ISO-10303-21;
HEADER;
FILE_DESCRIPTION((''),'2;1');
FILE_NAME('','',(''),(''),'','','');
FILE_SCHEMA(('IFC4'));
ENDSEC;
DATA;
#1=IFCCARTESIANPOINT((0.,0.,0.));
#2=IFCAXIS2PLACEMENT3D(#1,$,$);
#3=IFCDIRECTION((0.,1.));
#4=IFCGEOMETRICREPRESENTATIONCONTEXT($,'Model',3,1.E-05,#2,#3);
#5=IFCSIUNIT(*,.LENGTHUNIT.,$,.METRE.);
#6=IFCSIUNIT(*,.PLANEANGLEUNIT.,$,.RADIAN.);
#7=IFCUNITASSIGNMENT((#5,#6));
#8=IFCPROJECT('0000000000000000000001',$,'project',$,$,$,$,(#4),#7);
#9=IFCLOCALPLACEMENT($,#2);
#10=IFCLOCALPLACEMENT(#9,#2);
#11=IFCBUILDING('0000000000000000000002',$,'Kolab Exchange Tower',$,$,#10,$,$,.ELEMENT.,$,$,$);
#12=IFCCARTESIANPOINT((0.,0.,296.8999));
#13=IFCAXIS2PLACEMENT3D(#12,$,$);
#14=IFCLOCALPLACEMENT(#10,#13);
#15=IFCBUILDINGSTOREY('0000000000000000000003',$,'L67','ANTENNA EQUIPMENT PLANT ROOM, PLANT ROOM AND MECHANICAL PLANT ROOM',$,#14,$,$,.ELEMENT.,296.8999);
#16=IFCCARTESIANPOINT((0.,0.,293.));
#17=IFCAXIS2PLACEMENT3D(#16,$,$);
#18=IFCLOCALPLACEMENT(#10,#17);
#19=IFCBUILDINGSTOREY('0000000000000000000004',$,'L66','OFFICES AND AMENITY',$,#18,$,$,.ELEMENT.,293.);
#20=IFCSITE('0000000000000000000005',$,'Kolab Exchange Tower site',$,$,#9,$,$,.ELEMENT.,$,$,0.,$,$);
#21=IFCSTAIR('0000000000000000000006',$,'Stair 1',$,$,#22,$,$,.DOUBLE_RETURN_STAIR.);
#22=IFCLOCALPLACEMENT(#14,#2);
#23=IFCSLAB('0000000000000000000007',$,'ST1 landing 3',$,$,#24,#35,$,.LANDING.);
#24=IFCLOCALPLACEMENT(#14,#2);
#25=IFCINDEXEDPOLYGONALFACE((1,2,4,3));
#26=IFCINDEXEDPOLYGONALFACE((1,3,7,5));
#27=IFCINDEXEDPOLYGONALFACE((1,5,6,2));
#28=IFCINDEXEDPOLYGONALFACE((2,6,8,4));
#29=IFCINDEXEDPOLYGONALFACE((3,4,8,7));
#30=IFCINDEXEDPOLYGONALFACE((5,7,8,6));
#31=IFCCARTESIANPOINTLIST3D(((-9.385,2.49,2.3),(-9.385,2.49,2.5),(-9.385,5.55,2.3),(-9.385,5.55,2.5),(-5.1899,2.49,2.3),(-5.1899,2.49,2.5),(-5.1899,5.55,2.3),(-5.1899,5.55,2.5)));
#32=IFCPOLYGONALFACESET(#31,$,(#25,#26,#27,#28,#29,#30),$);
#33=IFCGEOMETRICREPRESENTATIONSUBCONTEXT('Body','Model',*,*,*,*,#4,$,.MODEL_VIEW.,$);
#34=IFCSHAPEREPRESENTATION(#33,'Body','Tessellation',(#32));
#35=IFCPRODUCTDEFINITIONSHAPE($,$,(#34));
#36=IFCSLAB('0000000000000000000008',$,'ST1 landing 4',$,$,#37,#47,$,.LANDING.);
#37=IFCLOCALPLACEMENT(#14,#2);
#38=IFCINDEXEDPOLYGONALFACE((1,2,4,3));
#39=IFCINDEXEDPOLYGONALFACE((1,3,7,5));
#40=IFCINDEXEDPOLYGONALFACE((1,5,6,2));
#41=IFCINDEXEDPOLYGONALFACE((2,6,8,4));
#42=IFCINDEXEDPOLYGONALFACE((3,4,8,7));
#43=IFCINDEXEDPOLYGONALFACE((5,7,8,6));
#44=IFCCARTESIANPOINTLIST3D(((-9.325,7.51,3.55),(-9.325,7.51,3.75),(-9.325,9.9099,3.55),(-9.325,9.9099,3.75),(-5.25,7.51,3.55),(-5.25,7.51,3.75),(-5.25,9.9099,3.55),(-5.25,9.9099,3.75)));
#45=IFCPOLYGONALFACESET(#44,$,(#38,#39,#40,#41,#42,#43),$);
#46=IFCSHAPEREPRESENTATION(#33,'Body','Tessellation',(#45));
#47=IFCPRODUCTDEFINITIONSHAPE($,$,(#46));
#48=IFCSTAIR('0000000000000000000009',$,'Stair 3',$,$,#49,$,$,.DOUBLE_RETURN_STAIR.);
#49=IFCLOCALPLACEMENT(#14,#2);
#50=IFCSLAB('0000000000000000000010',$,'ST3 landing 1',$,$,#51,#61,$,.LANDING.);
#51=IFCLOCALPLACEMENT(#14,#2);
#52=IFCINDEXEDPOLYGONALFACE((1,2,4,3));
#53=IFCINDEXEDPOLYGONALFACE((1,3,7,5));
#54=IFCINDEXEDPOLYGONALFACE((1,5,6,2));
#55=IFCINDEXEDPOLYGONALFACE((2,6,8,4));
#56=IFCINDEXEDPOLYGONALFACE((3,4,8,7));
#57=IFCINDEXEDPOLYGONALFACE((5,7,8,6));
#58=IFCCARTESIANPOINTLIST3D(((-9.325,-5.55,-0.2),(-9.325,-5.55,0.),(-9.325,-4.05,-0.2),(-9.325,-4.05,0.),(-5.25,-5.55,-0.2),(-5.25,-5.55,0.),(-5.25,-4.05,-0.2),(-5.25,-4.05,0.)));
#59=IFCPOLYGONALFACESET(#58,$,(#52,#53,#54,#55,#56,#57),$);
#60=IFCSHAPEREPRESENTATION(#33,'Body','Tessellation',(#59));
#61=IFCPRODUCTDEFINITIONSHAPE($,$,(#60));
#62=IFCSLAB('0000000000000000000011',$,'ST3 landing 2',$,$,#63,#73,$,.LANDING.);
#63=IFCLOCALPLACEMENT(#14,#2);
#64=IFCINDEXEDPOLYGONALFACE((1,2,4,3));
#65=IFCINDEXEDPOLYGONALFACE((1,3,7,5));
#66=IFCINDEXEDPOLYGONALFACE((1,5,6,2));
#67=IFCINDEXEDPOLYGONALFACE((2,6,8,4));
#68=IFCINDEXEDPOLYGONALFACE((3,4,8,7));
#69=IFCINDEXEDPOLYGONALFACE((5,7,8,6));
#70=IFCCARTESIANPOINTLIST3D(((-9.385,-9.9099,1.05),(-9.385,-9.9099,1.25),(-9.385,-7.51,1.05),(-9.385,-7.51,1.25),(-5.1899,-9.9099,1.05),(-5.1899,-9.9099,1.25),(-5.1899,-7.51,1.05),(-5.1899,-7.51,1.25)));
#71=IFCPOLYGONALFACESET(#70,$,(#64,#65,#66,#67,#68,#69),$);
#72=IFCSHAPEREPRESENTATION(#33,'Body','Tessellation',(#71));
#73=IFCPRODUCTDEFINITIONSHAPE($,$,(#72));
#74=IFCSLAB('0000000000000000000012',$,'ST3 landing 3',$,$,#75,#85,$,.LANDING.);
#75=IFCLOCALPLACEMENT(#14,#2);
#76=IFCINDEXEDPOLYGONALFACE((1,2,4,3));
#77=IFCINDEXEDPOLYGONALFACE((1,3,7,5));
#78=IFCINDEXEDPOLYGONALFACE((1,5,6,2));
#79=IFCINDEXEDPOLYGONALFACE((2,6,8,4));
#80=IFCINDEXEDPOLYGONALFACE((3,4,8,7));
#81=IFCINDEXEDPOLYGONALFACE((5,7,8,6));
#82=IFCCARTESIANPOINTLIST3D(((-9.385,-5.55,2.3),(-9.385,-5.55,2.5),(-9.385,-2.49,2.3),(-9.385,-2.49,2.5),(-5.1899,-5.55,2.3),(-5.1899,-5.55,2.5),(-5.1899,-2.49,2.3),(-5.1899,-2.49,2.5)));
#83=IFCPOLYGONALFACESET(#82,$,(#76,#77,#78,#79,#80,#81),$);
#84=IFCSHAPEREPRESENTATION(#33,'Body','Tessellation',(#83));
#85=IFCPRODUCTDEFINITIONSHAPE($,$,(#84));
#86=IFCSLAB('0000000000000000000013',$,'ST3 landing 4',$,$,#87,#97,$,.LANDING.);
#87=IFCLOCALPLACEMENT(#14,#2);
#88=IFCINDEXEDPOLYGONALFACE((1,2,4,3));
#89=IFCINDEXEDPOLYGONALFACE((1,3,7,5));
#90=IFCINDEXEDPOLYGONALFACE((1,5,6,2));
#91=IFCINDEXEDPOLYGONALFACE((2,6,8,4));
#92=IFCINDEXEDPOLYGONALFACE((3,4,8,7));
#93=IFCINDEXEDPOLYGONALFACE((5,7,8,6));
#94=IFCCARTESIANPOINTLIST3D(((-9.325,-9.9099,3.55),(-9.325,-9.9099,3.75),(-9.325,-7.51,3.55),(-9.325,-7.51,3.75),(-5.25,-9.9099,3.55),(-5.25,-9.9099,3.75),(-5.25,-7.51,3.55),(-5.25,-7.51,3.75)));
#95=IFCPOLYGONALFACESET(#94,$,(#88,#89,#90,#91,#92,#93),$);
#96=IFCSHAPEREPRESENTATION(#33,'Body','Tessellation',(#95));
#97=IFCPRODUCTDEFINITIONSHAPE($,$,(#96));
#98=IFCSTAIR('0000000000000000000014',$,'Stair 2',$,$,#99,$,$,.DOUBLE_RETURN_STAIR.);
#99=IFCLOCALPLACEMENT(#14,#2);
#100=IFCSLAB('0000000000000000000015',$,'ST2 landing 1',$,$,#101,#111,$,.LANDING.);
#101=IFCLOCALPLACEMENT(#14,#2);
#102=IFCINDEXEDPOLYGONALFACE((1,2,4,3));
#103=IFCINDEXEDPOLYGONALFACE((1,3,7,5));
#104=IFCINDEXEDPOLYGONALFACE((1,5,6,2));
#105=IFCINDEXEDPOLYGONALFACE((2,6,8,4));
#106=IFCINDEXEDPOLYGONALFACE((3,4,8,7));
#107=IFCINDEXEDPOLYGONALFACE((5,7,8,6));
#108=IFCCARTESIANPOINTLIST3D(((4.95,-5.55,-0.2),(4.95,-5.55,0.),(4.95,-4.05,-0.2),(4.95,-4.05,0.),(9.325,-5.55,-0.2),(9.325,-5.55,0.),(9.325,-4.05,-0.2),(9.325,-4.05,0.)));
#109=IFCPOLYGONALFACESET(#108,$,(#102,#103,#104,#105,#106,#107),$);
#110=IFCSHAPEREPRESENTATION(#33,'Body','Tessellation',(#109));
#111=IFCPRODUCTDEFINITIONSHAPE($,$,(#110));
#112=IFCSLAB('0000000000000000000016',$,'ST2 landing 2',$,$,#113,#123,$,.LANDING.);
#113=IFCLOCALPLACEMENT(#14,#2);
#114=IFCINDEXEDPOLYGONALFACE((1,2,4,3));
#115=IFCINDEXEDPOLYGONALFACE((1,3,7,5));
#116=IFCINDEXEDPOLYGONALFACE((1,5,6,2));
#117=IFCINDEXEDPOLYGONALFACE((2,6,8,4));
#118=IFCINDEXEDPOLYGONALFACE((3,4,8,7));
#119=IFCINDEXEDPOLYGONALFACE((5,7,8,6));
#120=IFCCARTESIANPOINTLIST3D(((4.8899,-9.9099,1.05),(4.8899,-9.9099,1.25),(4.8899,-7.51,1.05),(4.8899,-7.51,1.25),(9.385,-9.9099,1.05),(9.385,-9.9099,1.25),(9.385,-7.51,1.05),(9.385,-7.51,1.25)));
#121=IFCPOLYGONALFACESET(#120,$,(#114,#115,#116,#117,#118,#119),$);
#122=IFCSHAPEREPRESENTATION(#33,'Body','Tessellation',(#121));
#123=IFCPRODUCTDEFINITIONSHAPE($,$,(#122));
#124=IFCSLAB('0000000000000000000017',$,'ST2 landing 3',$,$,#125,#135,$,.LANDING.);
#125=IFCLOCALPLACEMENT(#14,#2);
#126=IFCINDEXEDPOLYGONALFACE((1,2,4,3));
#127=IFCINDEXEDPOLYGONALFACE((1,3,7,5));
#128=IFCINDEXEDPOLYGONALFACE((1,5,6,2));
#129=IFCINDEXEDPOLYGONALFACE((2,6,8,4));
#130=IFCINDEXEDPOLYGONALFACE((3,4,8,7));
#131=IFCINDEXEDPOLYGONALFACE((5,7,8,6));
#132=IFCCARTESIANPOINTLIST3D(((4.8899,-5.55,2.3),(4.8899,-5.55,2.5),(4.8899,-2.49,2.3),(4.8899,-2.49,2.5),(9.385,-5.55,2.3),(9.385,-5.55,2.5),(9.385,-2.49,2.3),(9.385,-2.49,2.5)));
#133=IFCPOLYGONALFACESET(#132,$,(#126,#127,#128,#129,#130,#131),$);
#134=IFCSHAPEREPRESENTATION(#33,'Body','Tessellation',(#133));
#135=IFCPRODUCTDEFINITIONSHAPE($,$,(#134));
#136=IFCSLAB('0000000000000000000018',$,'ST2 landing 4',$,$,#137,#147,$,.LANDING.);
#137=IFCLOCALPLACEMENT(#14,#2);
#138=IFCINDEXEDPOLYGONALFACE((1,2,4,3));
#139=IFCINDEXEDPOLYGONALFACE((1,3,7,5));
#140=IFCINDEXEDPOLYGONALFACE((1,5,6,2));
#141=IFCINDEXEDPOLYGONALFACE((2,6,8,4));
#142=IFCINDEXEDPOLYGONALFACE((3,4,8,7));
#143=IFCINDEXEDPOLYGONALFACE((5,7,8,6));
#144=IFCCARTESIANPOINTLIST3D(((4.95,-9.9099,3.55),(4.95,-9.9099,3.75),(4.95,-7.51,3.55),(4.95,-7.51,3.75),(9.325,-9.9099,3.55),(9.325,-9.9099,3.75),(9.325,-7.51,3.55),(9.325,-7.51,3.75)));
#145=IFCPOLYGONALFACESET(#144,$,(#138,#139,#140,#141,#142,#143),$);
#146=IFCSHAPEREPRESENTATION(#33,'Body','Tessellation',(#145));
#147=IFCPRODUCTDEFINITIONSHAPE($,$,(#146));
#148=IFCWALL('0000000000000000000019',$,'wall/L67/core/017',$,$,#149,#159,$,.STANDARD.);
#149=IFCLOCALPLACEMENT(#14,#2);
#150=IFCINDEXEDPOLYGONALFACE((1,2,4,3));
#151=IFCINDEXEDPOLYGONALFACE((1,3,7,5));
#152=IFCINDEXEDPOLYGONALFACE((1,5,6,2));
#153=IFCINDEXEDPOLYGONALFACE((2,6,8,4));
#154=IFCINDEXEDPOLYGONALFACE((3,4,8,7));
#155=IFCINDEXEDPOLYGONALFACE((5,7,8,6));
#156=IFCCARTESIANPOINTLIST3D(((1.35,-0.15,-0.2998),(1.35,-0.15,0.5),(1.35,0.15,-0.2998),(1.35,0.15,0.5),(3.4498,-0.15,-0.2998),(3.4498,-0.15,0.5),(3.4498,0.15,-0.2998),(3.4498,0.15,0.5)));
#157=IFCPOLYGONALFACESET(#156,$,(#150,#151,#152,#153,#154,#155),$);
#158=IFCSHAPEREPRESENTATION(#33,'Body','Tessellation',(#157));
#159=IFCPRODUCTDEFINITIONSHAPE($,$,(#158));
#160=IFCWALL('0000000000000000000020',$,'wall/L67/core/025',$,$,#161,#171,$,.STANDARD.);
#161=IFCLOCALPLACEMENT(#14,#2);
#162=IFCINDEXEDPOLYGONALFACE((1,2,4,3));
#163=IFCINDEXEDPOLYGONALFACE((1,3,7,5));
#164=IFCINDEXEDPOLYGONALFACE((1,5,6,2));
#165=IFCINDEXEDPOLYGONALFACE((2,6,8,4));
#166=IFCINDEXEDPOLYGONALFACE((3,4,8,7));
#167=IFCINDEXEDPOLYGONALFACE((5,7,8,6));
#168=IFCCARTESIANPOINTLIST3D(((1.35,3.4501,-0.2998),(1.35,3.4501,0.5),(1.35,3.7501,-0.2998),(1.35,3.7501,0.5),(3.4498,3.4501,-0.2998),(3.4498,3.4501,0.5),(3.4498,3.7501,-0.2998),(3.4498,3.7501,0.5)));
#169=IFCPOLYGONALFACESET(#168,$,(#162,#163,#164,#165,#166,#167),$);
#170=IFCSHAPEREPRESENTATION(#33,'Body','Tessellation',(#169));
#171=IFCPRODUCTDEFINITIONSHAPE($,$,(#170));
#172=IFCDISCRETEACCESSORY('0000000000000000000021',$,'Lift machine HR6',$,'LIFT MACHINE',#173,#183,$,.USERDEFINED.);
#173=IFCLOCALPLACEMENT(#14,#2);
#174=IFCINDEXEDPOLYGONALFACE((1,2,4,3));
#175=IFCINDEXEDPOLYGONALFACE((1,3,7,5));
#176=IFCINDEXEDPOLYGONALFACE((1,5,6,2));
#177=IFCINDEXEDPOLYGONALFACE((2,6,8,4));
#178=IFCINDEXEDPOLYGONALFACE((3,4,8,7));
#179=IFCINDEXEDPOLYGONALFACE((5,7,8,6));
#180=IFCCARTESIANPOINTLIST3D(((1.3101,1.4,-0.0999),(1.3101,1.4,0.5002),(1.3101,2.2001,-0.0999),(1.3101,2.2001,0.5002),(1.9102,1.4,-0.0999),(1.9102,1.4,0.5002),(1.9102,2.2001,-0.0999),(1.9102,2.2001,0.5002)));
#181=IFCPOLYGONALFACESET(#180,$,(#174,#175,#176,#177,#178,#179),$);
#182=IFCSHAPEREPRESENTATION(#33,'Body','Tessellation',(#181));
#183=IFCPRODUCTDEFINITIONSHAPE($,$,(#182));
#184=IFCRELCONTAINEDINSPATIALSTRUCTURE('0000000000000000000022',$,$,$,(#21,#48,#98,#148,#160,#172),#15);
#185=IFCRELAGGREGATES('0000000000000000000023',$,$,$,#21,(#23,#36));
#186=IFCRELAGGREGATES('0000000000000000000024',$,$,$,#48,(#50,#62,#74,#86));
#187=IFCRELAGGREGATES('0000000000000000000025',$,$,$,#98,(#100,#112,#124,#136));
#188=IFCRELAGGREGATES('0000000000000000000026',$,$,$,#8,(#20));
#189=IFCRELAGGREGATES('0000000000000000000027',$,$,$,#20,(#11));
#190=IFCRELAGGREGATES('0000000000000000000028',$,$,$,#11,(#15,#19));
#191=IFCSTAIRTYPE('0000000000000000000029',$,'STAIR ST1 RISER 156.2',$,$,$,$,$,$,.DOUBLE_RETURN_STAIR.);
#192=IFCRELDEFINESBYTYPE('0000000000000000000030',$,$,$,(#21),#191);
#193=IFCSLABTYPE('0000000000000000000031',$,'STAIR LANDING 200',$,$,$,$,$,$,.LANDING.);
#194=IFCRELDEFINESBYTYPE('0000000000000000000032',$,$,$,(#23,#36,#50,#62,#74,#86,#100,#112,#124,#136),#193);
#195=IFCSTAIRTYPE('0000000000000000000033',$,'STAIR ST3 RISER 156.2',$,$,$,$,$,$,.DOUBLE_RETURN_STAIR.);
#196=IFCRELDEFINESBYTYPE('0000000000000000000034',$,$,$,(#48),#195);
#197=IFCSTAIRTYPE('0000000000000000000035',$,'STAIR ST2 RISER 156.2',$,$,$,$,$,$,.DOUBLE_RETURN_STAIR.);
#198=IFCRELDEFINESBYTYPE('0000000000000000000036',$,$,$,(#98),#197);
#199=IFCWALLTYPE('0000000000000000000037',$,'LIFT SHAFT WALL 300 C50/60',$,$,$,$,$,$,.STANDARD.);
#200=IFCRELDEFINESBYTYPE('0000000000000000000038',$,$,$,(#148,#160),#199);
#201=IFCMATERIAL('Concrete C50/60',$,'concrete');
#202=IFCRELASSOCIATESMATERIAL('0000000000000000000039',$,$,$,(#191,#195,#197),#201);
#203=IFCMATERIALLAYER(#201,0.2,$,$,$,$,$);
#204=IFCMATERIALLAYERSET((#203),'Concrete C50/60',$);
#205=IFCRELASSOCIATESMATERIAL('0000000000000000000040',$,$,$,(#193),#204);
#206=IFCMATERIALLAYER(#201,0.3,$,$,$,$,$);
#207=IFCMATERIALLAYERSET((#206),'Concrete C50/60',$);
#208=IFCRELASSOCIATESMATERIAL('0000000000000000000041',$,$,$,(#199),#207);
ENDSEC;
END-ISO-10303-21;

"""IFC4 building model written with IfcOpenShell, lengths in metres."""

from ifc_helpers import new_model, si_unit, direction, frame, frame_2d, origin, origin_2d, place, context, subcontext, project, spatial, polyline, rectangle, outline, extrude, material, layer, layer_set, type_object, element, aggregate, save


model = new_model("IFC4")

# Units and contexts
model_context = context("Model", 3, precision=1e-05, world=origin(), true_north=direction((0.0, 1.0)))
body_context = subcontext(model_context, "Body", "Model", "MODEL_VIEW")
ifc_project = project(units=[si_unit("LENGTHUNIT", "METRE"), si_unit("PLANEANGLEUNIT", "RADIAN")], contexts=[model_context])

# Site, building, storey
site_placement = place(None, origin())
site = spatial("IfcSite", under=ifc_project, at=site_placement, Name="Kolab Exchange Tower site", CompositionType="ELEMENT", RefElevation=0.0)
building_placement = place(site_placement, origin())
building = spatial("IfcBuilding", under=site, at=building_placement, Name="Kolab Exchange Tower", CompositionType="ELEMENT")
storey_1_placement = place(building_placement, frame((0.0, 0.0, 296.8999)))
storey_1 = spatial("IfcBuildingStorey", under=building, at=storey_1_placement, Name="L67", Description="ANTENNA EQUIPMENT PLANT ROOM, PLANT ROOM AND MECHANICAL PLANT ROOM", CompositionType="ELEMENT", Elevation=296.8999)

# Shared definitions
ifc_material_1 = material(Name="Concrete C50/60", Category="concrete")

# Shared definitions
storey_2_placement = place(building_placement, frame((0.0, 0.0, 293.0)))
storey_2 = spatial("IfcBuildingStorey", under=building, at=storey_2_placement, Name="L66", Description="OFFICES AND AMENITY", CompositionType="ELEMENT", Elevation=293.0)

# Stairs, slabs
stair_type_1 = type_object("IfcStairType", Name="STAIR ST1 RISER 156.2", PredefinedType="DOUBLE_RETURN_STAIR", material=ifc_material_1)
stair_1_placement = place(storey_1_placement, origin())
stair_1 = element("IfcStair", 1, at=stair_1_placement, inside=storey_1, type_object=stair_type_1, Name="Stair 1", PredefinedType="DOUBLE_RETURN_STAIR")
ifc_layer_1 = layer(ifc_material_1, 0.2)
ifc_layer_set_1 = layer_set([ifc_layer_1], Name="Concrete C50/60")
slab_type_1 = type_object("IfcSlabType", Name="STAIR LANDING 200", PredefinedType="LANDING", material=ifc_layer_set_1)
slab_1_placement = place(storey_1_placement, frame((0.0, 0.0, 2.3)))
slab_1 = element("IfcSlab", 2, at=slab_1_placement, type_object=slab_type_1, Name="ST1 landing 3", PredefinedType="LANDING", context=body_context, shape_type="SweptSolid", body=[
    extrude(outline(polyline([(-9.385, 2.49), (-5.1899, 2.49), (-5.1899, 5.55), (-9.385, 5.55), (-9.385, 2.49)])), origin(), (0.0, 0.0, 1.0), 0.2),
])
slab_2_placement = place(storey_1_placement, frame((0.0, 0.0, 3.55)))
slab_2 = element("IfcSlab", 3, at=slab_2_placement, type_object=slab_type_1, Name="ST1 landing 4", PredefinedType="LANDING", context=body_context, shape_type="SweptSolid", body=[
    extrude(outline(polyline([(-9.325, 7.51), (-5.25, 7.51), (-5.25, 9.9099), (-9.325, 9.9099), (-9.325, 7.51)])), origin(), (0.0, 0.0, 1.0), 0.2),
])
aggregate(stair_1, [slab_1, slab_2])
stair_type_2 = type_object("IfcStairType", Name="STAIR ST3 RISER 156.2", PredefinedType="DOUBLE_RETURN_STAIR", material=ifc_material_1)
stair_2_placement = place(storey_1_placement, origin())
stair_2 = element("IfcStair", 4, at=stair_2_placement, inside=storey_1, type_object=stair_type_2, Name="Stair 3", PredefinedType="DOUBLE_RETURN_STAIR")
slab_3_placement = place(storey_1_placement, frame((0.0, 0.0, -0.2)))
slab_3 = element("IfcSlab", 5, at=slab_3_placement, type_object=slab_type_1, Name="ST3 landing 1", PredefinedType="LANDING", context=body_context, shape_type="SweptSolid", body=[
    extrude(outline(polyline([(-9.325, -5.55), (-5.25, -5.55), (-5.25, -4.05), (-9.325, -4.05), (-9.325, -5.55)])), origin(), (0.0, 0.0, 1.0), 0.2),
])
slab_4_placement = place(storey_1_placement, frame((0.0, 0.0, 1.05)))
slab_4 = element("IfcSlab", 6, at=slab_4_placement, type_object=slab_type_1, Name="ST3 landing 2", PredefinedType="LANDING", context=body_context, shape_type="SweptSolid", body=[
    extrude(outline(polyline([(-9.385, -9.9099), (-5.1899, -9.9099), (-5.1899, -7.51), (-9.385, -7.51), (-9.385, -9.9099)])), origin(), (0.0, 0.0, 1.0), 0.2),
])
slab_5_placement = place(storey_1_placement, frame((0.0, 0.0, 2.3)))
slab_5 = element("IfcSlab", 7, at=slab_5_placement, type_object=slab_type_1, Name="ST3 landing 3", PredefinedType="LANDING", context=body_context, shape_type="SweptSolid", body=[
    extrude(outline(polyline([(-9.385, -5.55), (-5.1899, -5.55), (-5.1899, -2.49), (-9.385, -2.49), (-9.385, -5.55)])), origin(), (0.0, 0.0, 1.0), 0.2),
])
slab_6_placement = place(storey_1_placement, frame((0.0, 0.0, 3.55)))
slab_6 = element("IfcSlab", 8, at=slab_6_placement, type_object=slab_type_1, Name="ST3 landing 4", PredefinedType="LANDING", context=body_context, shape_type="SweptSolid", body=[
    extrude(outline(polyline([(-9.325, -9.9099), (-5.25, -9.9099), (-5.25, -7.51), (-9.325, -7.51), (-9.325, -9.9099)])), origin(), (0.0, 0.0, 1.0), 0.2),
])
aggregate(stair_2, [slab_3, slab_4, slab_5, slab_6])
stair_type_3 = type_object("IfcStairType", Name="STAIR ST2 RISER 156.2", PredefinedType="DOUBLE_RETURN_STAIR", material=ifc_material_1)
stair_3_placement = place(storey_1_placement, origin())
stair_3 = element("IfcStair", 9, at=stair_3_placement, inside=storey_1, type_object=stair_type_3, Name="Stair 2", PredefinedType="DOUBLE_RETURN_STAIR")
slab_7_placement = place(storey_1_placement, frame((0.0, 0.0, -0.2)))
slab_7 = element("IfcSlab", 10, at=slab_7_placement, type_object=slab_type_1, Name="ST2 landing 1", PredefinedType="LANDING", context=body_context, shape_type="SweptSolid", body=[
    extrude(outline(polyline([(4.95, -5.55), (9.325, -5.55), (9.325, -4.05), (4.95, -4.05), (4.95, -5.55)])), origin(), (0.0, 0.0, 1.0), 0.2),
])
slab_8_placement = place(storey_1_placement, frame((0.0, 0.0, 1.05)))
slab_8 = element("IfcSlab", 11, at=slab_8_placement, type_object=slab_type_1, Name="ST2 landing 2", PredefinedType="LANDING", context=body_context, shape_type="SweptSolid", body=[
    extrude(outline(polyline([(4.8899, -9.9099), (9.385, -9.9099), (9.385, -7.51), (4.8899, -7.51), (4.8899, -9.9099)])), origin(), (0.0, 0.0, 1.0), 0.2),
])
slab_9_placement = place(storey_1_placement, frame((0.0, 0.0, 2.3)))
slab_9 = element("IfcSlab", 12, at=slab_9_placement, type_object=slab_type_1, Name="ST2 landing 3", PredefinedType="LANDING", context=body_context, shape_type="SweptSolid", body=[
    extrude(outline(polyline([(4.8899, -5.55), (9.385, -5.55), (9.385, -2.49), (4.8899, -2.49), (4.8899, -5.55)])), origin(), (0.0, 0.0, 1.0), 0.2),
])
slab_10_placement = place(storey_1_placement, frame((0.0, 0.0, 3.55)))
slab_10 = element("IfcSlab", 13, at=slab_10_placement, type_object=slab_type_1, Name="ST2 landing 4", PredefinedType="LANDING", context=body_context, shape_type="SweptSolid", body=[
    extrude(outline(polyline([(4.95, -9.9099), (9.325, -9.9099), (9.325, -7.51), (4.95, -7.51), (4.95, -9.9099)])), origin(), (0.0, 0.0, 1.0), 0.2),
])
aggregate(stair_3, [slab_7, slab_8, slab_9, slab_10])

# Walls
ifc_layer_2 = layer(ifc_material_1, 0.3)
ifc_layer_set_2 = layer_set([ifc_layer_2], Name="Concrete C50/60")
wall_type = type_object("IfcWallType", Name="LIFT SHAFT WALL 300 C50/60", PredefinedType="STANDARD", material=ifc_layer_set_2)
for number, where, z_axis, x_axis, name in (
    (14, (1.3501, 0.0, -0.2998), (0.0, 0.0, 1.0), (1.0, 0.0, 0.0), "wall/L67/core/017"),
    (15, (1.3501, 3.6001, -0.2998), (0.0, 0.0, 1.0), (1.0, 0.0, 0.0), "wall/L67/core/025"),
):
    element("IfcWall", number, at=place(storey_1_placement, frame(where, z_axis=z_axis, x_axis=x_axis)), inside=storey_1, type_object=wall_type, Name=name, PredefinedType="STANDARD", context=body_context, shape_type="SweptSolid", body=[
        extrude(rectangle(XDim=2.0999, YDim=0.3, at=frame_2d((1.0498, 0.0))), origin(), (0.0, 0.0, 1.0), 0.7998),
    ])

# Discrete accessory
discrete_accessory_placement = place(storey_1_placement, frame((1.6101, 1.8, -0.0999), z_axis=(0.0, 0.0, 1.0), x_axis=(1.0, 0.0, 0.0)))
element("IfcDiscreteAccessory", 16, at=discrete_accessory_placement, inside=storey_1, Name="Lift machine HR6", ObjectType="LIFT MACHINE", PredefinedType="USERDEFINED", context=body_context, shape_type="SweptSolid", body=[
    extrude(rectangle(XDim=0.6001, YDim=0.8, at=origin_2d()), origin(), (0.0, 0.0, 1.0), 0.6001),
])

save(model, "model.ifc")
